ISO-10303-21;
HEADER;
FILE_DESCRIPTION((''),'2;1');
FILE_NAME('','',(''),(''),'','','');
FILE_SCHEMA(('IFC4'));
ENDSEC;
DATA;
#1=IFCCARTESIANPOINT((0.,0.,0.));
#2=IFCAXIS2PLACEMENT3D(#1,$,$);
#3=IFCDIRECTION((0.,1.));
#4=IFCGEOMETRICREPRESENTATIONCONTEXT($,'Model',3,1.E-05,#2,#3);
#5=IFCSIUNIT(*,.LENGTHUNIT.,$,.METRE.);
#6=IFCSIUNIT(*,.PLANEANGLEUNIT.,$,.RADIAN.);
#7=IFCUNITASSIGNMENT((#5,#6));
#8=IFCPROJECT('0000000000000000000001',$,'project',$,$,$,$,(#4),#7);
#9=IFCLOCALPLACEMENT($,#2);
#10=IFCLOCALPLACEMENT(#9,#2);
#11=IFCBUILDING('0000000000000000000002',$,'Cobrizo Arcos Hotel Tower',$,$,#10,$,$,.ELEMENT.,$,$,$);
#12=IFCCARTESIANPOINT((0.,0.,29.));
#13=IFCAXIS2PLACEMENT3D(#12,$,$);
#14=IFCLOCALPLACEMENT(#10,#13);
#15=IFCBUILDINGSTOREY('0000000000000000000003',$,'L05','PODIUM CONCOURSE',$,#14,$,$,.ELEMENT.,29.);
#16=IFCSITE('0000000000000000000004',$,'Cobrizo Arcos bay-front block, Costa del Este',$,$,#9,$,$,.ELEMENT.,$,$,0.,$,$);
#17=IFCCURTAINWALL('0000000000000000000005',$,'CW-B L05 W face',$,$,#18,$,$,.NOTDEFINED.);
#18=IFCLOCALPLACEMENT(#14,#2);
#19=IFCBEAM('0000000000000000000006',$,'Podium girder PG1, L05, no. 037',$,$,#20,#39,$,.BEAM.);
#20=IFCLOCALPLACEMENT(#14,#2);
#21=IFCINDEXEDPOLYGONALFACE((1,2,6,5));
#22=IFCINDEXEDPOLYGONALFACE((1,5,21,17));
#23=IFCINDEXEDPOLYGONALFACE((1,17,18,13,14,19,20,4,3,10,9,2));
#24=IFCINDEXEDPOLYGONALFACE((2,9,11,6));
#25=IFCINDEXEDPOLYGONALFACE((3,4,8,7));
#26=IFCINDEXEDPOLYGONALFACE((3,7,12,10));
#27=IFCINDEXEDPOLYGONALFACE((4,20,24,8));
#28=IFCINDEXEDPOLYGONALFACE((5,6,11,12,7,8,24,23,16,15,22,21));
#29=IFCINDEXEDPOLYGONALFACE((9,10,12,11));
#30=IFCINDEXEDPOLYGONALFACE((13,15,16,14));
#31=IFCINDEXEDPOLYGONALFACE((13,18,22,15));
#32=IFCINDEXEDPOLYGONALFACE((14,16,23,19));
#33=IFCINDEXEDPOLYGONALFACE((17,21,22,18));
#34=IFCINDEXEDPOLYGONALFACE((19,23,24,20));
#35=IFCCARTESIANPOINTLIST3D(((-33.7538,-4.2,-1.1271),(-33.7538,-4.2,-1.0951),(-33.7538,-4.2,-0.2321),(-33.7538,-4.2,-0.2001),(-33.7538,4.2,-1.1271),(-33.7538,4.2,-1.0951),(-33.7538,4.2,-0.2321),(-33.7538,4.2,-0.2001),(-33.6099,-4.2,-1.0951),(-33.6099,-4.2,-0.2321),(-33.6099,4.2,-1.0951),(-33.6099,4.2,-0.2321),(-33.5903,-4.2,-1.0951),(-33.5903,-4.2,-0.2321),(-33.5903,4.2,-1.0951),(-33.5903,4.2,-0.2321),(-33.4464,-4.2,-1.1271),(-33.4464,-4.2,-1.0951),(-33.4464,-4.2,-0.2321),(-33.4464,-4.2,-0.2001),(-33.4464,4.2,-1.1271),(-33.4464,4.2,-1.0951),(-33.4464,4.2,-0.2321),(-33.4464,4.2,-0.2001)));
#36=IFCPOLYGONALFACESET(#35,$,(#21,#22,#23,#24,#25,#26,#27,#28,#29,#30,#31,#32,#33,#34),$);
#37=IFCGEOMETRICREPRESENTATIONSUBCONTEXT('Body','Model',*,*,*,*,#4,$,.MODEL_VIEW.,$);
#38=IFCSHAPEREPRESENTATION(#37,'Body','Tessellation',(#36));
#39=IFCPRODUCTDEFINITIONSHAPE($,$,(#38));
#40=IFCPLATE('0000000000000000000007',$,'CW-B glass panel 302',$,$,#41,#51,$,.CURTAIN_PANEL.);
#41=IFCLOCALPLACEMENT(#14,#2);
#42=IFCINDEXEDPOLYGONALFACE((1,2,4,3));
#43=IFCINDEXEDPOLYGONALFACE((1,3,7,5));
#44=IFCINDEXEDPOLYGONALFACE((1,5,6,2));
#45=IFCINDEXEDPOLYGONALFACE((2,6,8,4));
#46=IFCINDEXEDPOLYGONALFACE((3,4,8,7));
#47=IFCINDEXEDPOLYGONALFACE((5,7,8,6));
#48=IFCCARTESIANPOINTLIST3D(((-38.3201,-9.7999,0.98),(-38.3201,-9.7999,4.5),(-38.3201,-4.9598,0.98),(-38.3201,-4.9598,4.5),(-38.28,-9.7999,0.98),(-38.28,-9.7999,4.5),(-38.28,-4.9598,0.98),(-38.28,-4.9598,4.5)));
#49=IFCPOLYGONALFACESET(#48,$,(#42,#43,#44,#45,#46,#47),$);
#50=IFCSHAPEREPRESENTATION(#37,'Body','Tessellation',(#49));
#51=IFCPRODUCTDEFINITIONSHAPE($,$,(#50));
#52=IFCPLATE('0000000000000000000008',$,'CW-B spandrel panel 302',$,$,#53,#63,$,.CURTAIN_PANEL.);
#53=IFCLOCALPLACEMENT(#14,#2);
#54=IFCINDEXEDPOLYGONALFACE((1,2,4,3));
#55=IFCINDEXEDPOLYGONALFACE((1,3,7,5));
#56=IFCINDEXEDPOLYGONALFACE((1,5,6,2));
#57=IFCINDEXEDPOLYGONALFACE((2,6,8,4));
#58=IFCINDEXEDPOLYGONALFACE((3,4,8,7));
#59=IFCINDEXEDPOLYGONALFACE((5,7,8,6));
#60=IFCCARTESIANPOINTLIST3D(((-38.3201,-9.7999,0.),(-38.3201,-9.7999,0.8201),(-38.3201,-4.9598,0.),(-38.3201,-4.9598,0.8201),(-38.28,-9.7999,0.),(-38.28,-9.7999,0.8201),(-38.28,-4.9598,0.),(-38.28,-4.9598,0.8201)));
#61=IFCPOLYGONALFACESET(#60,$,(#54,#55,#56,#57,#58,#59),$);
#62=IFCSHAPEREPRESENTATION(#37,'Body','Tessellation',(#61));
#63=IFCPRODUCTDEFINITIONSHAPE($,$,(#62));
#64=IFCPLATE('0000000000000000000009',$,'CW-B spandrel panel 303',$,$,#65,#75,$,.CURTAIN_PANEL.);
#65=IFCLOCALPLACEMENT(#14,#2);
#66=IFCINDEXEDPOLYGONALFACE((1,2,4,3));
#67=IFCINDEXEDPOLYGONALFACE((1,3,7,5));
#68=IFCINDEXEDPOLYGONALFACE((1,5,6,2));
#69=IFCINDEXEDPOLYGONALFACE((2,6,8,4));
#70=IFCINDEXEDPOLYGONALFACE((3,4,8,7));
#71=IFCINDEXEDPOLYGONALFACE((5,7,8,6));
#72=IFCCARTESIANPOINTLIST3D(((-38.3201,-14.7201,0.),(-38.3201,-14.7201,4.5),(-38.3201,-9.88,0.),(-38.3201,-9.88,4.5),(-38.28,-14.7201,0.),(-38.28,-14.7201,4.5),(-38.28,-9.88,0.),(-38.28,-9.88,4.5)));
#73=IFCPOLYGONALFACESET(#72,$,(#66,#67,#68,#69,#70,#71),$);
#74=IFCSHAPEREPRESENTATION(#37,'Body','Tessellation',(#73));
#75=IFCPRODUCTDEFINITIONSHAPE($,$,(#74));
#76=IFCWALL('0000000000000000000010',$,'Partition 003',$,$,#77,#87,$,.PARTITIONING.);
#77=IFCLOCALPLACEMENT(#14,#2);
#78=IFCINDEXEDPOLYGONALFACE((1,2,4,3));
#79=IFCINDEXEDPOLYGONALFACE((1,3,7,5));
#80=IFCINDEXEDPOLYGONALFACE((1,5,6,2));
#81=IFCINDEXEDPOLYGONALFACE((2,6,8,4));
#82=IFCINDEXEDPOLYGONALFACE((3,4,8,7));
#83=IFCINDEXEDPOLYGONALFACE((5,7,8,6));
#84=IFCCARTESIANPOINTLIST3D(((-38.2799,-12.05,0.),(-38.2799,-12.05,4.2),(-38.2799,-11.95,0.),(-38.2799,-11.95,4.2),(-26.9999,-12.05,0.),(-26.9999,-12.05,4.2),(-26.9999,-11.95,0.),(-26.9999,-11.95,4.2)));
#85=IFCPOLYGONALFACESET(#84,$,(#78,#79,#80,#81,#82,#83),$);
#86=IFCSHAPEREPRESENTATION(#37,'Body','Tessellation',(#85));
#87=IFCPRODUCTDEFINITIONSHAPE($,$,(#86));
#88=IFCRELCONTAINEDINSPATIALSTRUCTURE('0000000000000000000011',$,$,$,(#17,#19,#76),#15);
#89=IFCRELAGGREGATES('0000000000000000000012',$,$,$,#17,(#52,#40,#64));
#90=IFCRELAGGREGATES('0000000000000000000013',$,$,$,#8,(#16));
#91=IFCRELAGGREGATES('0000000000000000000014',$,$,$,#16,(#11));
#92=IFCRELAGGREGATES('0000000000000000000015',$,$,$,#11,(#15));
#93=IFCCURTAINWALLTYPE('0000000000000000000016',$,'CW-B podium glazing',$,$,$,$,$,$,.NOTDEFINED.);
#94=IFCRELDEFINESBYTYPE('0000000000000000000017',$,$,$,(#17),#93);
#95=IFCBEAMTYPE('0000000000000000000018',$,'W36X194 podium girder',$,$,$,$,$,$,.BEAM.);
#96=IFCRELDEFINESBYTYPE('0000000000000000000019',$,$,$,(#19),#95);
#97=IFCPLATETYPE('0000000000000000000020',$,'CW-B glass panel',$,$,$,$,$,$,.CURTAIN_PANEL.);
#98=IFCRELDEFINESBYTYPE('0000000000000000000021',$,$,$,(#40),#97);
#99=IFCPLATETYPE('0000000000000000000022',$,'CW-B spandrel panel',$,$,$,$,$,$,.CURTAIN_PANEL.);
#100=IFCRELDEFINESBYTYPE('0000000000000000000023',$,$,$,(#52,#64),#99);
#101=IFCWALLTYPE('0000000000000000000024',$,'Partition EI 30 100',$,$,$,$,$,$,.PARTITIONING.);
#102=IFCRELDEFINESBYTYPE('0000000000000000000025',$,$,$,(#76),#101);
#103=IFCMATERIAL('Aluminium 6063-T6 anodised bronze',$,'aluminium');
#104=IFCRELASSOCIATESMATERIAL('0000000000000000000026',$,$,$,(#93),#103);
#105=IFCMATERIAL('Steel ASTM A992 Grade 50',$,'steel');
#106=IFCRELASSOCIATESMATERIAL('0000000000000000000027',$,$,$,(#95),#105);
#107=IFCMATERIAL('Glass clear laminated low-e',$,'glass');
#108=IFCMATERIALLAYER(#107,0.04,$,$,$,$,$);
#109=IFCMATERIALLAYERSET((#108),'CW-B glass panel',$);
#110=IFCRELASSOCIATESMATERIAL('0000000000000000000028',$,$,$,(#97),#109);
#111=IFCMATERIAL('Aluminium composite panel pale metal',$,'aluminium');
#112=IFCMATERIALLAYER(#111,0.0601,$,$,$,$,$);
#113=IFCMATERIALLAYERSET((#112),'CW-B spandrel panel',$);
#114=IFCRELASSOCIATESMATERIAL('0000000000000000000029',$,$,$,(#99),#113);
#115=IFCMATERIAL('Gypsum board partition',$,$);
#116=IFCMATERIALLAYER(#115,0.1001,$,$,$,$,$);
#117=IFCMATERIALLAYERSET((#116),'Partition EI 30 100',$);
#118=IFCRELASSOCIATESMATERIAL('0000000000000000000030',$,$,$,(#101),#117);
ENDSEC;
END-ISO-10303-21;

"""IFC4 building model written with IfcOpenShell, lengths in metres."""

from ifc_helpers import new_model, si_unit, direction, frame, frame_2d, origin, origin_2d, place, context, subcontext, project, spatial, rectangle, i_section, extrude, material, layer, layer_set, material_profile, profile_set, type_object, element, aggregate, save


model = new_model("IFC4")

# Units and contexts
model_context = context("Model", 3, precision=1e-05, world=origin(), true_north=direction((0.0, 1.0)))
body_context = subcontext(model_context, "Body", "Model", "MODEL_VIEW")
ifc_project = project(units=[si_unit("LENGTHUNIT", "METRE"), si_unit("PLANEANGLEUNIT", "RADIAN")], contexts=[model_context])

# Site, building, storey
site_placement = place(None, origin())
site = spatial("IfcSite", under=ifc_project, at=site_placement, Name="Cobrizo Arcos bay-front block, Costa del Este", CompositionType="ELEMENT", RefElevation=0.0)
building_placement = place(site_placement, origin())
building = spatial("IfcBuilding", under=site, at=building_placement, Name="Cobrizo Arcos Hotel Tower", CompositionType="ELEMENT")
storey_placement = place(building_placement, frame((0.0, 0.0, 29.0)))
storey = spatial("IfcBuildingStorey", under=building, at=storey_placement, Name="L05", Description="PODIUM CONCOURSE", CompositionType="ELEMENT", Elevation=29.0)

# Curtain wall
ifc_material_1 = material(Name="Aluminium 6063-T6 anodised bronze", Category="aluminium")
curtain_wall_type = type_object("IfcCurtainWallType", Name="CW-B podium glazing", PredefinedType="NOTDEFINED", material=ifc_material_1)
curtain_wall_placement = place(storey_placement, origin())
curtain_wall = element("IfcCurtainWall", 1, at=curtain_wall_placement, inside=storey, type_object=curtain_wall_type, Name="CW-B L05 W face", PredefinedType="NOTDEFINED")

# Beam
ifc_material_2 = material(Name="Steel ASTM A992 Grade 50", Category="steel")
ifc_material_profile_1 = material_profile(ifc_material_2, i_section(OverallWidth=0.3074, OverallDepth=0.927, WebThickness=0.0195, FlangeThickness=0.032, at=origin_2d()), Name="W36X194")
ifc_profile_set_1 = profile_set([ifc_material_profile_1], Name="Steel ASTM A992 Grade 50")
beam_type_1 = type_object("IfcBeamType", Name="W36X194 podium girder", PredefinedType="BEAM", material=ifc_profile_set_1)
beam_1_placement = place(storey_placement, frame((-33.6001, -4.2, -0.6636), z_axis=(0.0, 1.0, 0.0), x_axis=(-1.0, 0.0, 0.0)))
element("IfcBeam", 2, at=beam_1_placement, inside=storey, type_object=beam_type_1, Name="Podium girder PG1, L05, no. 037", PredefinedType="BEAM", context=body_context, shape_type="SweptSolid", body=[
    extrude(i_section(OverallWidth=0.3074, OverallDepth=0.927, WebThickness=0.0195, FlangeThickness=0.032, at=origin_2d()), origin(), (0.0, 0.0, 1.0), 8.3999),
])

# Plates
ifc_material_3 = material(Name="Glass clear laminated low-e", Category="glass")
ifc_layer_1 = layer(ifc_material_3, 0.04)
ifc_layer_set_1 = layer_set([ifc_layer_1], Name="CW-B glass panel")
plate_type_1 = type_object("IfcPlateType", Name="CW-B glass panel", PredefinedType="CURTAIN_PANEL", material=ifc_layer_set_1)
plate_1_placement = place(storey_placement, frame((-38.3, -7.3799, 0.98), z_axis=(0.0, 0.0, 1.0), x_axis=(0.0, -1.0, 0.0)))
plate_1 = element("IfcPlate", 3, at=plate_1_placement, type_object=plate_type_1, Name="CW-B glass panel 302", PredefinedType="CURTAIN_PANEL", context=body_context, shape_type="SweptSolid", body=[
    extrude(rectangle(XDim=4.8401, YDim=0.04, at=origin_2d()), origin(), (0.0, 0.0, 1.0), 3.52),
])
ifc_material_4 = material(Name="Aluminium composite panel pale metal", Category="aluminium")
ifc_layer_2 = layer(ifc_material_4, 0.0601)
ifc_layer_set_2 = layer_set([ifc_layer_2], Name="CW-B spandrel panel")
plate_type_2 = type_object("IfcPlateType", Name="CW-B spandrel panel", PredefinedType="CURTAIN_PANEL", material=ifc_layer_set_2)
plate_2_placement = place(storey_placement, frame((-38.3, -7.3799, 0.0), z_axis=(0.0, 0.0, 1.0), x_axis=(0.0, -1.0, 0.0)))
plate_2 = element("IfcPlate", 4, at=plate_2_placement, type_object=plate_type_2, Name="CW-B spandrel panel 302", PredefinedType="CURTAIN_PANEL", context=body_context, shape_type="SweptSolid", body=[
    extrude(rectangle(XDim=4.8401, YDim=0.04, at=origin_2d()), origin(), (0.0, 0.0, 1.0), 0.8201),
])
plate_3_placement = place(storey_placement, frame((-38.3, -12.3, 0.0), z_axis=(0.0, 0.0, 1.0), x_axis=(0.0, -1.0, 0.0)))
plate_3 = element("IfcPlate", 5, at=plate_3_placement, type_object=plate_type_2, Name="CW-B spandrel panel 303", PredefinedType="CURTAIN_PANEL", context=body_context, shape_type="SweptSolid", body=[
    extrude(rectangle(XDim=4.8401, YDim=0.04, at=origin_2d()), origin(), (0.0, 0.0, 1.0), 4.5),
])
aggregate(curtain_wall, [plate_2, plate_1, plate_3])

# Wall
ifc_material_5 = material(Name="Gypsum board partition")
ifc_layer_3 = layer(ifc_material_5, 0.1001)
ifc_layer_set_3 = layer_set([ifc_layer_3], Name="Partition EI 30 100")
wall_type = type_object("IfcWallType", Name="Partition EI 30 100", PredefinedType="PARTITIONING", material=ifc_layer_set_3)
wall_placement = place(storey_placement, frame((-38.28, -12.0, 0.0), z_axis=(0.0, 0.0, 1.0), x_axis=(1.0, 0.0, 0.0)))
element("IfcWall", 6, at=wall_placement, inside=storey, type_object=wall_type, Name="Partition 003", PredefinedType="PARTITIONING", context=body_context, shape_type="SweptSolid", body=[
    extrude(rectangle(XDim=11.28, YDim=0.1001, at=frame_2d((5.6401, 0.0))), origin(), (0.0, 0.0, 1.0), 4.2),
])

save(model, "model.ifc")
